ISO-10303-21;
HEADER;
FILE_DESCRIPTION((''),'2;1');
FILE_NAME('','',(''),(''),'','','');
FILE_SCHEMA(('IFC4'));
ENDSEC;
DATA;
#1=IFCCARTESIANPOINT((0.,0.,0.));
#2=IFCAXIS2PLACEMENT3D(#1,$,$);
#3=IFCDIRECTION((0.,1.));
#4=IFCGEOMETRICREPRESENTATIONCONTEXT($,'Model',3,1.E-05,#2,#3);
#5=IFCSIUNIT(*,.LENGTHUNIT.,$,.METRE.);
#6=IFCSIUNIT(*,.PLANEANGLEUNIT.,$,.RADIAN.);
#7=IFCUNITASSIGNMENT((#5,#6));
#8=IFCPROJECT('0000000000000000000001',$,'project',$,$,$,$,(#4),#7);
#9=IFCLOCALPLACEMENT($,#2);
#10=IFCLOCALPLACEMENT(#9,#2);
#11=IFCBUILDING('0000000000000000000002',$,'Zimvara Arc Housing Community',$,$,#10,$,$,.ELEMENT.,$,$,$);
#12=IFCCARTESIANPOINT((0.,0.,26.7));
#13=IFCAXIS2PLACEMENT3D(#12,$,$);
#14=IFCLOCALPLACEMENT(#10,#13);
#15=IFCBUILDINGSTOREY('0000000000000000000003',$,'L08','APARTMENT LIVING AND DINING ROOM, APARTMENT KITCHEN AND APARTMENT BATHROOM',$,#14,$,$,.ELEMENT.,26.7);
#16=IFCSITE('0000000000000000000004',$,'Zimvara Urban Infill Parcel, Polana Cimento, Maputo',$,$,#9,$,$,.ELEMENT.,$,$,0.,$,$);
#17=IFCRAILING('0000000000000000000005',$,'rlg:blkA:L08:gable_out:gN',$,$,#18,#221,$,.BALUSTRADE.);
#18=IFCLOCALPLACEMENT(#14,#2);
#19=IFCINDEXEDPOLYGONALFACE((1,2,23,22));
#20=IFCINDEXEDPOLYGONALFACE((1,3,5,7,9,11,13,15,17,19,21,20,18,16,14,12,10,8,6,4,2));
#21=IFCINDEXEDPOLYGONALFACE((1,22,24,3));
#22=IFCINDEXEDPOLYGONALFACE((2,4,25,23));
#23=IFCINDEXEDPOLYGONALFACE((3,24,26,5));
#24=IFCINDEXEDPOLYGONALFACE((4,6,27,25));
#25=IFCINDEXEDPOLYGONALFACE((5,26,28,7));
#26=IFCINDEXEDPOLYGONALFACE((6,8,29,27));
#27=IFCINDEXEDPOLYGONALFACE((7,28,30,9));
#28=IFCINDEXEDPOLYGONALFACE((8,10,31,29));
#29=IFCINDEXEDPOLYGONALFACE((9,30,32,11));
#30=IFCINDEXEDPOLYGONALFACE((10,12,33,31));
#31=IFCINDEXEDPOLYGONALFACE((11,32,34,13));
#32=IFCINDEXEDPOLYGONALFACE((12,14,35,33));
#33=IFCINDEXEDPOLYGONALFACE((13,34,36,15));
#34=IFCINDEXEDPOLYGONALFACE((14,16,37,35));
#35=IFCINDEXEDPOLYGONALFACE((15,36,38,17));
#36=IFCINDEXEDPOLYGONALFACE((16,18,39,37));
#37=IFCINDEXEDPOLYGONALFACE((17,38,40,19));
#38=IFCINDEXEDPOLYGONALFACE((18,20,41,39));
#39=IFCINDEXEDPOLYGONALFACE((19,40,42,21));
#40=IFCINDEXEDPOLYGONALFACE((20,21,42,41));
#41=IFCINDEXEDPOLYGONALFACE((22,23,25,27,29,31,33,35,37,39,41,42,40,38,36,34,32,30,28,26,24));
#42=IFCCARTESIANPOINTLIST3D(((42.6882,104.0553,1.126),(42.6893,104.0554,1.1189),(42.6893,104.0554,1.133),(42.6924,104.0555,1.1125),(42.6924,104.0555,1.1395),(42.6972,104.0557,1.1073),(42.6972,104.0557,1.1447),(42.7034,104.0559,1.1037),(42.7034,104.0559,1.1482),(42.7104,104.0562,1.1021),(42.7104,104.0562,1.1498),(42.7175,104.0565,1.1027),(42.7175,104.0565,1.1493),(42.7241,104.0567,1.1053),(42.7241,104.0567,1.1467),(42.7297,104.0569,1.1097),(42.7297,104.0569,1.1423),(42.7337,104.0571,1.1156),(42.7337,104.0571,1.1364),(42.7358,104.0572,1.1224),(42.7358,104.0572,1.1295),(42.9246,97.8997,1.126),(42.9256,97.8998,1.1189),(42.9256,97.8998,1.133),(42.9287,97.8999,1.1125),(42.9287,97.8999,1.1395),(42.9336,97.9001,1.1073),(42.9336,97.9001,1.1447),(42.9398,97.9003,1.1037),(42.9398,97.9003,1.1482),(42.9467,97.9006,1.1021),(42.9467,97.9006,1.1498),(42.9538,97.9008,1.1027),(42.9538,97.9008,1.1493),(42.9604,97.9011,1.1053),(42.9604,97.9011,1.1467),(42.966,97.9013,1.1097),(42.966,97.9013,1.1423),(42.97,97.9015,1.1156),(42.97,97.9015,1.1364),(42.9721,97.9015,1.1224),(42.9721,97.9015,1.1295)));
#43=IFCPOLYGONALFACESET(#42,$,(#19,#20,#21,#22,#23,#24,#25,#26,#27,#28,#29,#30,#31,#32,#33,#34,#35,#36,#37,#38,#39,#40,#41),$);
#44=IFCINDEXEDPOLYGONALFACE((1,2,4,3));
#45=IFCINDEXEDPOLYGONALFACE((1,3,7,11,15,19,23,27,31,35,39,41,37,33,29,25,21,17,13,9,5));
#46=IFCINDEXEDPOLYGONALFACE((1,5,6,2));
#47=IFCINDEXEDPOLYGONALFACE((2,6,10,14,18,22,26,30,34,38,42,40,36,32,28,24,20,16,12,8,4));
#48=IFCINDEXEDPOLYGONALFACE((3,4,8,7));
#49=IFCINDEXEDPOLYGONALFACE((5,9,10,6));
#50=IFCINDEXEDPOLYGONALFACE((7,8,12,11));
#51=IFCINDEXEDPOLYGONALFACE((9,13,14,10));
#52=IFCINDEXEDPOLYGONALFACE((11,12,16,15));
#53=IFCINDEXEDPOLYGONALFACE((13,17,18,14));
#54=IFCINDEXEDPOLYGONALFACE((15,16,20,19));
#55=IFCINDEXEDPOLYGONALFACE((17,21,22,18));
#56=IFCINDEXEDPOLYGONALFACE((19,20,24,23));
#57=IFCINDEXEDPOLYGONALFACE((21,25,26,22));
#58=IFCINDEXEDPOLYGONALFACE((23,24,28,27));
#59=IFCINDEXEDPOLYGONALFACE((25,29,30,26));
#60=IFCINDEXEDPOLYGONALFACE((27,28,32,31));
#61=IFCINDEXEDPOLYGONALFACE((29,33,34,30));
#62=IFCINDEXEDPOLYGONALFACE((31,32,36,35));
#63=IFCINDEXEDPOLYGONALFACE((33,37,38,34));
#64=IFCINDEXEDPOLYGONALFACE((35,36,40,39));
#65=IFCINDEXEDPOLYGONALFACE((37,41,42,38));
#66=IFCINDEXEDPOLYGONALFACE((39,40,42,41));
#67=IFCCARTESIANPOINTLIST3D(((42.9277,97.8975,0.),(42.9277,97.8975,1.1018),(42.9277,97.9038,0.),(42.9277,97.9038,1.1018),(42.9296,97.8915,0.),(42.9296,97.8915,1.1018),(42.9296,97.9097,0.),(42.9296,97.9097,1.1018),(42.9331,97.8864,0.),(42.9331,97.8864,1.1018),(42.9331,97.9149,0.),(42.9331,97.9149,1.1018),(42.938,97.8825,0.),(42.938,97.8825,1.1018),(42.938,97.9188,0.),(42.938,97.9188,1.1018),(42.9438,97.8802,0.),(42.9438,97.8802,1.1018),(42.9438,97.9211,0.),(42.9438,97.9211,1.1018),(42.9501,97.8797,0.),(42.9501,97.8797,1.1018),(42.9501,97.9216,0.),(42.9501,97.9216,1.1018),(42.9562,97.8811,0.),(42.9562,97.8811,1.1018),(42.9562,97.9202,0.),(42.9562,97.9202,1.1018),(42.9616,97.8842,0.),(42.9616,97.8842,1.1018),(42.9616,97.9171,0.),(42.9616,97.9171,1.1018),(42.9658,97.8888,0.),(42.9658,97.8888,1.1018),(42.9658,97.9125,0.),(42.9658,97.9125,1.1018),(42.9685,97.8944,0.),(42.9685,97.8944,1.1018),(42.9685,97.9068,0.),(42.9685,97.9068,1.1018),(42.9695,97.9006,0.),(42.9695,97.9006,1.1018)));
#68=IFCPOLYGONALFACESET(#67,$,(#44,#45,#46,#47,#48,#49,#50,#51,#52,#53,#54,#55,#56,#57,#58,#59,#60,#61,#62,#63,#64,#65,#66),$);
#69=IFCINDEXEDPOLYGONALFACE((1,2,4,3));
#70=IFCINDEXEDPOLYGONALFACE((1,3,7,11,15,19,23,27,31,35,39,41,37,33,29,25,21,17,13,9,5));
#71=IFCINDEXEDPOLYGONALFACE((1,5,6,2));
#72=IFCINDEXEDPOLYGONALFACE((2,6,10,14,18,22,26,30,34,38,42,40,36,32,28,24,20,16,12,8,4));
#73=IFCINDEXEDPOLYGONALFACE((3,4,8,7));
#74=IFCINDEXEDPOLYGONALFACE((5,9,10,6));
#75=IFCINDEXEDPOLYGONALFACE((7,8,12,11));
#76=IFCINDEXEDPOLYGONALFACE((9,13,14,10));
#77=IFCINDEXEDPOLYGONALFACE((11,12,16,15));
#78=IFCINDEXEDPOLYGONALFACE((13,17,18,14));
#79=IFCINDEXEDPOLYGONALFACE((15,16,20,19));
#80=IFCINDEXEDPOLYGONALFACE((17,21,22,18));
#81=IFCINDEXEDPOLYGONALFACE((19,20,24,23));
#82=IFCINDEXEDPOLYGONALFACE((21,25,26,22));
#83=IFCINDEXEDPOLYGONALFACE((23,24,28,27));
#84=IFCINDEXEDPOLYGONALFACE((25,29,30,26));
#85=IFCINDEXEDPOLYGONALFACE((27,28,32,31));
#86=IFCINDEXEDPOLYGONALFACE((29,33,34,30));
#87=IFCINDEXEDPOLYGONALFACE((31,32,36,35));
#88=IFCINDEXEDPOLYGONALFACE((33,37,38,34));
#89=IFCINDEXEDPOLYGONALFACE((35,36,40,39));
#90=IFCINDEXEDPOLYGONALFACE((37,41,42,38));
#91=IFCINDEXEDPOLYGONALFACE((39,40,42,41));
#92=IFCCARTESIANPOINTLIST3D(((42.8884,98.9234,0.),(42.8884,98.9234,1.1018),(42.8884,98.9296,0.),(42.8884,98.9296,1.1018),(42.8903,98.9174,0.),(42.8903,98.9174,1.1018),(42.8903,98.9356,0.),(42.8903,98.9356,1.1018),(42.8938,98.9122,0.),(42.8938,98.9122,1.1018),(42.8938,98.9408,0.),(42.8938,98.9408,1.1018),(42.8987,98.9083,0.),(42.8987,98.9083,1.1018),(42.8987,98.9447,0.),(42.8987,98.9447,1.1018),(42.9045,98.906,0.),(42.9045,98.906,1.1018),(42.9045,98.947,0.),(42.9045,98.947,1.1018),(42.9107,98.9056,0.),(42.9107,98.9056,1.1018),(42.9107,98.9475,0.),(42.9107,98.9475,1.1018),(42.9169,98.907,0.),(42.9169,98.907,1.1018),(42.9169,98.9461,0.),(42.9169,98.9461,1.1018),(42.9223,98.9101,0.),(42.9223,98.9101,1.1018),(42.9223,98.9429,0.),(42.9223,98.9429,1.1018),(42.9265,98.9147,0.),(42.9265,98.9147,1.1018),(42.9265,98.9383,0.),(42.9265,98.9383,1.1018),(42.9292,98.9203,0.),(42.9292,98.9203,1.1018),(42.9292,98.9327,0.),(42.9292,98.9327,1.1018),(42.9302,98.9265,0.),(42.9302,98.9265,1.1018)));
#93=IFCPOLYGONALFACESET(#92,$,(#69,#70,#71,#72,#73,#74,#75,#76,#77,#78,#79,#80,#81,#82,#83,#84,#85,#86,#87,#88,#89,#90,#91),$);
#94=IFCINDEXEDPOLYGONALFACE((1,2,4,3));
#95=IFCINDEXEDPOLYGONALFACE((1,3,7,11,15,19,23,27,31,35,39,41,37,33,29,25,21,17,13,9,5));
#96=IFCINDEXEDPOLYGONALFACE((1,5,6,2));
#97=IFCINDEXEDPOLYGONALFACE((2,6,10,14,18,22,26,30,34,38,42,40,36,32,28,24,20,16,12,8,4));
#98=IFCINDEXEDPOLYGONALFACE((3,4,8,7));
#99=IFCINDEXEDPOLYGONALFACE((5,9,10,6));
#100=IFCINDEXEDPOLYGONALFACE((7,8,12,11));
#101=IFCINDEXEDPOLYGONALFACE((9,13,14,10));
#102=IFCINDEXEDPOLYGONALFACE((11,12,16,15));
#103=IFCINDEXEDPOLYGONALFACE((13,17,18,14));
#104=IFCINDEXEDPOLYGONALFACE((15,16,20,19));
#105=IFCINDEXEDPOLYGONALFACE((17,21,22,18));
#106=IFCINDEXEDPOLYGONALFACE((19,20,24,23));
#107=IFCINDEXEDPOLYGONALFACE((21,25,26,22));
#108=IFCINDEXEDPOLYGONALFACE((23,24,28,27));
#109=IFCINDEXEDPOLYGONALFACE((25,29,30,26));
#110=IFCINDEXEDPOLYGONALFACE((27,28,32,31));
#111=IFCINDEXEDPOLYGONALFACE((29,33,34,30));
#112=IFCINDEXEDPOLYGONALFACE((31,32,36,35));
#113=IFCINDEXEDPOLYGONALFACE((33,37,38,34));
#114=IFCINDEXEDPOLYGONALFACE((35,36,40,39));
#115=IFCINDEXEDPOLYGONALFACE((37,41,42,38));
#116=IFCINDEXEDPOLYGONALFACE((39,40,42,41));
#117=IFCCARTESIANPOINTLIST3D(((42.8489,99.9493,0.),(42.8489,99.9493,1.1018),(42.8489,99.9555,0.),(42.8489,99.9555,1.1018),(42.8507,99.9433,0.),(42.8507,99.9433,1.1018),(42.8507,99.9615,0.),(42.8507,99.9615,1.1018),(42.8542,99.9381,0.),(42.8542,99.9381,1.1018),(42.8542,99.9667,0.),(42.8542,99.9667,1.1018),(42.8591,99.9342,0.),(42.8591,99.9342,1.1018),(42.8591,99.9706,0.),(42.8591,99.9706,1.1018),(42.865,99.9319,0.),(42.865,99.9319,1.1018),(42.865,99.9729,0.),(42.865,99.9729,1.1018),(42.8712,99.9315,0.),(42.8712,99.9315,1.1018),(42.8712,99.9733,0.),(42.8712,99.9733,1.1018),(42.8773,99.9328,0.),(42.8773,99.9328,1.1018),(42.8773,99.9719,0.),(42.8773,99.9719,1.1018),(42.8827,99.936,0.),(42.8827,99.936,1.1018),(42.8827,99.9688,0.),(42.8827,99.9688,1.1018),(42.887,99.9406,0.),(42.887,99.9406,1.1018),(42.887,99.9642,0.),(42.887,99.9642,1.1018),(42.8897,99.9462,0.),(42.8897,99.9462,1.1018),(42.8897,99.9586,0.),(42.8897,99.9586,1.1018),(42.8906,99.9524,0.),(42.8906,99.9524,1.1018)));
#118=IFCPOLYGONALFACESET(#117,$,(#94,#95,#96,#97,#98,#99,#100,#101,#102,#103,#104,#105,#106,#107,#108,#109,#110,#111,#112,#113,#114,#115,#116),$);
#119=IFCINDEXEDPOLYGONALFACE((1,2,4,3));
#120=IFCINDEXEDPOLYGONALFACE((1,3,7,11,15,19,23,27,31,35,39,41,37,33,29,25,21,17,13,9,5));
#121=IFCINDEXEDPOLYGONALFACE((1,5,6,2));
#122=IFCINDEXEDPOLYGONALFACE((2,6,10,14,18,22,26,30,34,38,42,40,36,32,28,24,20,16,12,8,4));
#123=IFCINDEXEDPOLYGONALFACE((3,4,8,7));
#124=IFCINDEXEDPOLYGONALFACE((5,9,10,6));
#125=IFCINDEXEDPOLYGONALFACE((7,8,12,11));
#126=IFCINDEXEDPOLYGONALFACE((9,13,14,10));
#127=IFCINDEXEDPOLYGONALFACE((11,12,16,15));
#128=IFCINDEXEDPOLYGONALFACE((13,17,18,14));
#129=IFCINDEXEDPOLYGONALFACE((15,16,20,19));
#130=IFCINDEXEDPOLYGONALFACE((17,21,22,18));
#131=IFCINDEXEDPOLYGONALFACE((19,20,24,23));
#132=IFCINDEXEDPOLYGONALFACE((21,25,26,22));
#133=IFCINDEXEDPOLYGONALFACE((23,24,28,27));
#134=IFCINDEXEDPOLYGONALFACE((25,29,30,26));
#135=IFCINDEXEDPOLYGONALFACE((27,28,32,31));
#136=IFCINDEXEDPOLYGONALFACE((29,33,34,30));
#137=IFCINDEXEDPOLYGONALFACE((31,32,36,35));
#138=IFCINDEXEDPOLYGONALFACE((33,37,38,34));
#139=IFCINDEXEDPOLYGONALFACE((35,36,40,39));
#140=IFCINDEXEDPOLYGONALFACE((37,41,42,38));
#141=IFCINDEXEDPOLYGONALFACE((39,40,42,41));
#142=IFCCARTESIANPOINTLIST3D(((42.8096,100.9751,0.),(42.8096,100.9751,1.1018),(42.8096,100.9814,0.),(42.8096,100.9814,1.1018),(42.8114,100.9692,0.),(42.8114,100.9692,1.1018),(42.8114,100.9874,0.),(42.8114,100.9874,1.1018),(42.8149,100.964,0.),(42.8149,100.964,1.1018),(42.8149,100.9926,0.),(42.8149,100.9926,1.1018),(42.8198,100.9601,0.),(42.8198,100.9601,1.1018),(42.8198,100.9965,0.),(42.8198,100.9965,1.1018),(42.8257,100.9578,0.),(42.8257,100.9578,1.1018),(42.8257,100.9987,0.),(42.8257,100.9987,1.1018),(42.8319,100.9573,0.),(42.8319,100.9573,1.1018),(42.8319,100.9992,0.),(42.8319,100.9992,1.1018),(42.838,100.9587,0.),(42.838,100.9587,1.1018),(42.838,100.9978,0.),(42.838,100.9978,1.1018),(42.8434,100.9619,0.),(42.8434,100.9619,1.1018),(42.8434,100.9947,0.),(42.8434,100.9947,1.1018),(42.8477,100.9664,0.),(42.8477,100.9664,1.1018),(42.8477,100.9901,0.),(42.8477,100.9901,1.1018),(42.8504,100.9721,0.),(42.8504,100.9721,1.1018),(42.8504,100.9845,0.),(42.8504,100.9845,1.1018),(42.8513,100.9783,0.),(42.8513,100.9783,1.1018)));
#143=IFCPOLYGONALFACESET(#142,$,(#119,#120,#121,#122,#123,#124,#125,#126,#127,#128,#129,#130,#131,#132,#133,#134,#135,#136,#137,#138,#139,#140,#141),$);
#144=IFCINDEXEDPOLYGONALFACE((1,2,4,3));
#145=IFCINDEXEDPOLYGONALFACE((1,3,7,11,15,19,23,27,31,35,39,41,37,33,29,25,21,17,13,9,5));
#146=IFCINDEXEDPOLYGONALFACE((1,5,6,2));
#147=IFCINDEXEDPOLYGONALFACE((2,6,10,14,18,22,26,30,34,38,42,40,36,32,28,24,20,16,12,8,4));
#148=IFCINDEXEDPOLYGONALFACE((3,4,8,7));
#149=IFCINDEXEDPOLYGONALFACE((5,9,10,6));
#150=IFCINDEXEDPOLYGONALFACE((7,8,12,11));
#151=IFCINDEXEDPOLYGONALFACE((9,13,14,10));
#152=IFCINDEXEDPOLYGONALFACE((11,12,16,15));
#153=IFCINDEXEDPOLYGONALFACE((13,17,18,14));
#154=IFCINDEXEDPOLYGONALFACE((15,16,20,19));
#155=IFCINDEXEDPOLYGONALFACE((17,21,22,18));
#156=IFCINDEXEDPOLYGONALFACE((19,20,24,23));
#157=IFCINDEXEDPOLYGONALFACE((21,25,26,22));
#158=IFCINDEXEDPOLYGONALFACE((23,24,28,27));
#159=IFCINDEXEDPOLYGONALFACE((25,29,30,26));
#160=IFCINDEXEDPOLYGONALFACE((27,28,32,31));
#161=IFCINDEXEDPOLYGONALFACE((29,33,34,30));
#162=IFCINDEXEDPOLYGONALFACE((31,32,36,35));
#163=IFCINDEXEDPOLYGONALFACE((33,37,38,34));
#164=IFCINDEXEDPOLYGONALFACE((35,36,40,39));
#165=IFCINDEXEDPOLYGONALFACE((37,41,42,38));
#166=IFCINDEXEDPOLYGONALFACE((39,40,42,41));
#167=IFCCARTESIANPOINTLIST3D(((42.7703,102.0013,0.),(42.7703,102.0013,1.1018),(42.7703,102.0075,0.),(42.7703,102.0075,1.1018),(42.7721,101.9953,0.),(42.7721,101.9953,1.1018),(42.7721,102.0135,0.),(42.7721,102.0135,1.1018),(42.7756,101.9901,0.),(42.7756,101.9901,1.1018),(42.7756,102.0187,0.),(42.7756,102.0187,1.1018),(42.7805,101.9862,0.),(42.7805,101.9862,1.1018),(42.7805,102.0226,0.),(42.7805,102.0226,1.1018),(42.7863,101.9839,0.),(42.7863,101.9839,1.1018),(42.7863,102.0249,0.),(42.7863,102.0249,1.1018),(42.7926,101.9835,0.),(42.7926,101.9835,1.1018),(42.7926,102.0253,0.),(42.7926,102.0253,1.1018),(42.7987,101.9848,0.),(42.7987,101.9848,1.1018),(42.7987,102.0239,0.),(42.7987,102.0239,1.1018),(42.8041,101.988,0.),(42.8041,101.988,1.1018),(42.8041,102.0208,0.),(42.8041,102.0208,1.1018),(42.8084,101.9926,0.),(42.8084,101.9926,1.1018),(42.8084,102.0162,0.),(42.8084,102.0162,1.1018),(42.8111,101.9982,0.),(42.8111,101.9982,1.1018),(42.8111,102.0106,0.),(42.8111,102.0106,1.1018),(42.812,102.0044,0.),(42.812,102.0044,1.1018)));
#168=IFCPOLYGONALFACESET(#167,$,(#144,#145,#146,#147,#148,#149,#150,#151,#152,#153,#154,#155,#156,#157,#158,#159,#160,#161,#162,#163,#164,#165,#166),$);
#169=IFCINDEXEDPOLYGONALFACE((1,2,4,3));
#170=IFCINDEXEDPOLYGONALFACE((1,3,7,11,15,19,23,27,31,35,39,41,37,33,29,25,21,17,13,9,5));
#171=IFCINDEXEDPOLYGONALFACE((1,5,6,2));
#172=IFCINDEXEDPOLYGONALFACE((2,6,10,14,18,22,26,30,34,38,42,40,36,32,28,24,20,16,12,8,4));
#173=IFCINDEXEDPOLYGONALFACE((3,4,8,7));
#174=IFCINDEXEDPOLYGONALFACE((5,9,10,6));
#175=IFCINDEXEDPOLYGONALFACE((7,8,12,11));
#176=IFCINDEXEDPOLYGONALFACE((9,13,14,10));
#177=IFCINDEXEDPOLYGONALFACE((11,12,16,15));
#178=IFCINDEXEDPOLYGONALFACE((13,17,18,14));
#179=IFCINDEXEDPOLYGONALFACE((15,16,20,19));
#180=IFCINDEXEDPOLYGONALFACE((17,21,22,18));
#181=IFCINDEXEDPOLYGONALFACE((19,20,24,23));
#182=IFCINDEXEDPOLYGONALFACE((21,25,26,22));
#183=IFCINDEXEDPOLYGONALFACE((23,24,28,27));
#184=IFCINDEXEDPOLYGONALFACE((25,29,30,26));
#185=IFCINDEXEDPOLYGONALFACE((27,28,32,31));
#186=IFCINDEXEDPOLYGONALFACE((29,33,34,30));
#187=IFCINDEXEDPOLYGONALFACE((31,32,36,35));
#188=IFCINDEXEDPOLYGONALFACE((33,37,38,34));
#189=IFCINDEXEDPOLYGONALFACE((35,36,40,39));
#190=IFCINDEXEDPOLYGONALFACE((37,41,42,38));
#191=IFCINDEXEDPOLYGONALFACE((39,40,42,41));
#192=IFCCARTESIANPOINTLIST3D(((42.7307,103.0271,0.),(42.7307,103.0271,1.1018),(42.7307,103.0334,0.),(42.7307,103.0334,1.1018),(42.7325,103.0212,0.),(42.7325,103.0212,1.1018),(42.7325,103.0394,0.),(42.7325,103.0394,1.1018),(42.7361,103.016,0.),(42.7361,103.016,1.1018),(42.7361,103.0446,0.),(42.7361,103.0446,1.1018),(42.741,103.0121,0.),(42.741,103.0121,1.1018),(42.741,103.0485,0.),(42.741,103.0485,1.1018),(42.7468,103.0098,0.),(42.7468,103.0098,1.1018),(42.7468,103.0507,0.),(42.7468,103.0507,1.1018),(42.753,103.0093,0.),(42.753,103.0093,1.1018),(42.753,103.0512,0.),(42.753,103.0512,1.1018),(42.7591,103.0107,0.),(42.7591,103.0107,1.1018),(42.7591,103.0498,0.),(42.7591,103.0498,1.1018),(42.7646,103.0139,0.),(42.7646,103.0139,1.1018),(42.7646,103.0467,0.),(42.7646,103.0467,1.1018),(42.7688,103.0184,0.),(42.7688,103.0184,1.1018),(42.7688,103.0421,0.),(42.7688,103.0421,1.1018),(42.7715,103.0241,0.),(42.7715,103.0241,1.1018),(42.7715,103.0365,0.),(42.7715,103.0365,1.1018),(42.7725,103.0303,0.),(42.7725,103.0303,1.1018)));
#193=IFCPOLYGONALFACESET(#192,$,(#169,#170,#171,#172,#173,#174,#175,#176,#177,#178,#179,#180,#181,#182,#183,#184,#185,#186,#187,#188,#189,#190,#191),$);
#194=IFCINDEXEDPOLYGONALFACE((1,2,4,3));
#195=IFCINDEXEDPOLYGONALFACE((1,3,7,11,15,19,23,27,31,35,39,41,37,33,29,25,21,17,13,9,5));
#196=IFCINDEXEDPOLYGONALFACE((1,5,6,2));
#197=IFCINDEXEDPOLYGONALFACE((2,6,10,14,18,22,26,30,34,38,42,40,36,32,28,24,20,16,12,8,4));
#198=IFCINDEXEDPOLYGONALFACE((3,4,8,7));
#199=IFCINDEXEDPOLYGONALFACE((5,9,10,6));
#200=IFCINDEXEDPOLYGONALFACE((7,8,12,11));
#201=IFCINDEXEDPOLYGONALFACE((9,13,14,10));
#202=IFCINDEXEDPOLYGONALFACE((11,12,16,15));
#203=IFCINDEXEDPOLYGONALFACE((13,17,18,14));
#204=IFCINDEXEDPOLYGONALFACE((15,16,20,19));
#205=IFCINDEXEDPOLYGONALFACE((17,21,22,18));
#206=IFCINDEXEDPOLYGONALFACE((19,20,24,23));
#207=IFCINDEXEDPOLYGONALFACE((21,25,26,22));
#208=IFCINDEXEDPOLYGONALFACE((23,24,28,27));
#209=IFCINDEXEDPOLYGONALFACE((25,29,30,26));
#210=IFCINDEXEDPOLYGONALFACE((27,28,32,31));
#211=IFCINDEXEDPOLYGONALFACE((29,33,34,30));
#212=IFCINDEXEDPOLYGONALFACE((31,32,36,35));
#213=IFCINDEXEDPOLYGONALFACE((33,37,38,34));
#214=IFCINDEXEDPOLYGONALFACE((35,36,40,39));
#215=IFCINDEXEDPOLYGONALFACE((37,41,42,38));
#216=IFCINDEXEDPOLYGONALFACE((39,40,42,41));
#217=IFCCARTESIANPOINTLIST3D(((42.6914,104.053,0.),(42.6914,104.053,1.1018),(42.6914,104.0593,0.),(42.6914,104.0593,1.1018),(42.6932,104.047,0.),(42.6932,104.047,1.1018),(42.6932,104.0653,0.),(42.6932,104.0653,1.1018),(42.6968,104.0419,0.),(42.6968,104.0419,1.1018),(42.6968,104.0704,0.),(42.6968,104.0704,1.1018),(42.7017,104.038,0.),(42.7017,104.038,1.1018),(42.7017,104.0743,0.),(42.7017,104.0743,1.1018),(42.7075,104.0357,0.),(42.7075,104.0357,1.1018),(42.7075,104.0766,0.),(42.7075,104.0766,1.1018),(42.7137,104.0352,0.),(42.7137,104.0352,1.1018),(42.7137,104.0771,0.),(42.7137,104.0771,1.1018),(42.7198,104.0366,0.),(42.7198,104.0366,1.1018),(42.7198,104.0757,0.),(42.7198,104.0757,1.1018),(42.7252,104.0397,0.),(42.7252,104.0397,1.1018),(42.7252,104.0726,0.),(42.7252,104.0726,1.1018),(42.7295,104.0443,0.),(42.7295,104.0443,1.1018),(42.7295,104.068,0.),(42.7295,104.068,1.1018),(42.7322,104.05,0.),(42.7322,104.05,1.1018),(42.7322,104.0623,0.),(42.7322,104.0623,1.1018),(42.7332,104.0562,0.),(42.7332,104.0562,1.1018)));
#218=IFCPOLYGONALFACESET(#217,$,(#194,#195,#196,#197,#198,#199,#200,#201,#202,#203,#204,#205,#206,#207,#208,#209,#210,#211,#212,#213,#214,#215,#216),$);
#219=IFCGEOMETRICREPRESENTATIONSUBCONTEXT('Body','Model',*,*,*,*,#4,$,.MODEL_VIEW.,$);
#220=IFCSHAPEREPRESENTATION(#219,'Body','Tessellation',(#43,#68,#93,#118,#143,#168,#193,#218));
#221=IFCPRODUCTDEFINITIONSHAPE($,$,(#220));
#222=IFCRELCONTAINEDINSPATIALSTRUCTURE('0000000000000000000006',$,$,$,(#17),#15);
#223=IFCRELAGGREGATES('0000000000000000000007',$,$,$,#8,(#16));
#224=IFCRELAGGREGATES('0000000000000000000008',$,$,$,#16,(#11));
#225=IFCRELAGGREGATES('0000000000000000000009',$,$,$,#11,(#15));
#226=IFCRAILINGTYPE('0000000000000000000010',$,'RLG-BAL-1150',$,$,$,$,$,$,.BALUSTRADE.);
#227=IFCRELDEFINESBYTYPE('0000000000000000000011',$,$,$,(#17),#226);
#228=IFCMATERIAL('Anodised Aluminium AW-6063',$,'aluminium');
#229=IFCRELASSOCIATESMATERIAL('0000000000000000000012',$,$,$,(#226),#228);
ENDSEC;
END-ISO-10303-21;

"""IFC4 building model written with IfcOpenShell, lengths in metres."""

from ifc_helpers import new_model, si_unit, direction, frame, origin, origin_2d, place, context, subcontext, project, spatial, circle, extrude, material, type_object, element, save


model = new_model("IFC4")

# Units and contexts
model_context = context("Model", 3, precision=1e-05, world=origin(), true_north=direction((0.0, 1.0)))
body_context = subcontext(model_context, "Body", "Model", "MODEL_VIEW")
ifc_project = project(units=[si_unit("LENGTHUNIT", "METRE"), si_unit("PLANEANGLEUNIT", "RADIAN")], contexts=[model_context])

# Site, building, storey
site_placement = place(None, origin())
site = spatial("IfcSite", under=ifc_project, at=site_placement, Name="Zimvara Urban Infill Parcel, Polana Cimento, Maputo", CompositionType="ELEMENT", RefElevation=0.0)
building_placement = place(site_placement, origin())
building = spatial("IfcBuilding", under=site, at=building_placement, Name="Zimvara Arc Housing Community", CompositionType="ELEMENT")
storey_placement = place(building_placement, frame((0.0, 0.0, 26.7)))
storey = spatial("IfcBuildingStorey", under=building, at=storey_placement, Name="L08", Description="APARTMENT LIVING AND DINING ROOM, APARTMENT KITCHEN AND APARTMENT BATHROOM", CompositionType="ELEMENT", Elevation=26.7)

# Railing
ifc_material_1 = material(Name="Anodised Aluminium AW-6063", Category="aluminium")
railing_type = type_object("IfcRailingType", Name="RLG-BAL-1150", PredefinedType="BALUSTRADE", material=ifc_material_1)
railing_1_placement = place(storey_placement, frame((42.9485, 97.9006, 0.0)))
element("IfcRailing", 1, at=railing_1_placement, inside=storey, type_object=railing_type, Name="rlg:blkA:L08:gable_out:gN", PredefinedType="BALUSTRADE", context=body_context, shape_type="SweptSolid", body=[
    extrude(circle(Radius=0.0239, at=origin_2d()), frame((0.0, 0.0, 1.126), z_axis=(-0.038365, 0.999264, 0.0), x_axis=(-0.999264, -0.038365, 0.0)), (0.0, 0.0, 1.0), 6.1602),
    extrude(circle(Radius=0.021, at=origin_2d()), origin(), (0.0, 0.0, 1.0), 1.1018),
    extrude(circle(Radius=0.021, at=origin_2d()), frame((-0.0393, 1.0259, 0.0)), (0.0, 0.0, 1.0), 1.1018),
    extrude(circle(Radius=0.021, at=origin_2d()), frame((-0.0789, 2.0518, 0.0)), (0.0, 0.0, 1.0), 1.1018),
    extrude(circle(Radius=0.021, at=origin_2d()), frame((-0.1182, 3.0776, 0.0)), (0.0, 0.0, 1.0), 1.1018),
    extrude(circle(Radius=0.021, at=origin_2d()), frame((-0.1575, 4.1038, 0.0)), (0.0, 0.0, 1.0), 1.1018),
    extrude(circle(Radius=0.021, at=origin_2d()), frame((-0.197, 5.1296, 0.0)), (0.0, 0.0, 1.0), 1.1018),
    extrude(circle(Radius=0.021, at=origin_2d()), frame((-0.2363, 6.1555, 0.0)), (0.0, 0.0, 1.0), 1.1018),
])

save(model, "model.ifc")
